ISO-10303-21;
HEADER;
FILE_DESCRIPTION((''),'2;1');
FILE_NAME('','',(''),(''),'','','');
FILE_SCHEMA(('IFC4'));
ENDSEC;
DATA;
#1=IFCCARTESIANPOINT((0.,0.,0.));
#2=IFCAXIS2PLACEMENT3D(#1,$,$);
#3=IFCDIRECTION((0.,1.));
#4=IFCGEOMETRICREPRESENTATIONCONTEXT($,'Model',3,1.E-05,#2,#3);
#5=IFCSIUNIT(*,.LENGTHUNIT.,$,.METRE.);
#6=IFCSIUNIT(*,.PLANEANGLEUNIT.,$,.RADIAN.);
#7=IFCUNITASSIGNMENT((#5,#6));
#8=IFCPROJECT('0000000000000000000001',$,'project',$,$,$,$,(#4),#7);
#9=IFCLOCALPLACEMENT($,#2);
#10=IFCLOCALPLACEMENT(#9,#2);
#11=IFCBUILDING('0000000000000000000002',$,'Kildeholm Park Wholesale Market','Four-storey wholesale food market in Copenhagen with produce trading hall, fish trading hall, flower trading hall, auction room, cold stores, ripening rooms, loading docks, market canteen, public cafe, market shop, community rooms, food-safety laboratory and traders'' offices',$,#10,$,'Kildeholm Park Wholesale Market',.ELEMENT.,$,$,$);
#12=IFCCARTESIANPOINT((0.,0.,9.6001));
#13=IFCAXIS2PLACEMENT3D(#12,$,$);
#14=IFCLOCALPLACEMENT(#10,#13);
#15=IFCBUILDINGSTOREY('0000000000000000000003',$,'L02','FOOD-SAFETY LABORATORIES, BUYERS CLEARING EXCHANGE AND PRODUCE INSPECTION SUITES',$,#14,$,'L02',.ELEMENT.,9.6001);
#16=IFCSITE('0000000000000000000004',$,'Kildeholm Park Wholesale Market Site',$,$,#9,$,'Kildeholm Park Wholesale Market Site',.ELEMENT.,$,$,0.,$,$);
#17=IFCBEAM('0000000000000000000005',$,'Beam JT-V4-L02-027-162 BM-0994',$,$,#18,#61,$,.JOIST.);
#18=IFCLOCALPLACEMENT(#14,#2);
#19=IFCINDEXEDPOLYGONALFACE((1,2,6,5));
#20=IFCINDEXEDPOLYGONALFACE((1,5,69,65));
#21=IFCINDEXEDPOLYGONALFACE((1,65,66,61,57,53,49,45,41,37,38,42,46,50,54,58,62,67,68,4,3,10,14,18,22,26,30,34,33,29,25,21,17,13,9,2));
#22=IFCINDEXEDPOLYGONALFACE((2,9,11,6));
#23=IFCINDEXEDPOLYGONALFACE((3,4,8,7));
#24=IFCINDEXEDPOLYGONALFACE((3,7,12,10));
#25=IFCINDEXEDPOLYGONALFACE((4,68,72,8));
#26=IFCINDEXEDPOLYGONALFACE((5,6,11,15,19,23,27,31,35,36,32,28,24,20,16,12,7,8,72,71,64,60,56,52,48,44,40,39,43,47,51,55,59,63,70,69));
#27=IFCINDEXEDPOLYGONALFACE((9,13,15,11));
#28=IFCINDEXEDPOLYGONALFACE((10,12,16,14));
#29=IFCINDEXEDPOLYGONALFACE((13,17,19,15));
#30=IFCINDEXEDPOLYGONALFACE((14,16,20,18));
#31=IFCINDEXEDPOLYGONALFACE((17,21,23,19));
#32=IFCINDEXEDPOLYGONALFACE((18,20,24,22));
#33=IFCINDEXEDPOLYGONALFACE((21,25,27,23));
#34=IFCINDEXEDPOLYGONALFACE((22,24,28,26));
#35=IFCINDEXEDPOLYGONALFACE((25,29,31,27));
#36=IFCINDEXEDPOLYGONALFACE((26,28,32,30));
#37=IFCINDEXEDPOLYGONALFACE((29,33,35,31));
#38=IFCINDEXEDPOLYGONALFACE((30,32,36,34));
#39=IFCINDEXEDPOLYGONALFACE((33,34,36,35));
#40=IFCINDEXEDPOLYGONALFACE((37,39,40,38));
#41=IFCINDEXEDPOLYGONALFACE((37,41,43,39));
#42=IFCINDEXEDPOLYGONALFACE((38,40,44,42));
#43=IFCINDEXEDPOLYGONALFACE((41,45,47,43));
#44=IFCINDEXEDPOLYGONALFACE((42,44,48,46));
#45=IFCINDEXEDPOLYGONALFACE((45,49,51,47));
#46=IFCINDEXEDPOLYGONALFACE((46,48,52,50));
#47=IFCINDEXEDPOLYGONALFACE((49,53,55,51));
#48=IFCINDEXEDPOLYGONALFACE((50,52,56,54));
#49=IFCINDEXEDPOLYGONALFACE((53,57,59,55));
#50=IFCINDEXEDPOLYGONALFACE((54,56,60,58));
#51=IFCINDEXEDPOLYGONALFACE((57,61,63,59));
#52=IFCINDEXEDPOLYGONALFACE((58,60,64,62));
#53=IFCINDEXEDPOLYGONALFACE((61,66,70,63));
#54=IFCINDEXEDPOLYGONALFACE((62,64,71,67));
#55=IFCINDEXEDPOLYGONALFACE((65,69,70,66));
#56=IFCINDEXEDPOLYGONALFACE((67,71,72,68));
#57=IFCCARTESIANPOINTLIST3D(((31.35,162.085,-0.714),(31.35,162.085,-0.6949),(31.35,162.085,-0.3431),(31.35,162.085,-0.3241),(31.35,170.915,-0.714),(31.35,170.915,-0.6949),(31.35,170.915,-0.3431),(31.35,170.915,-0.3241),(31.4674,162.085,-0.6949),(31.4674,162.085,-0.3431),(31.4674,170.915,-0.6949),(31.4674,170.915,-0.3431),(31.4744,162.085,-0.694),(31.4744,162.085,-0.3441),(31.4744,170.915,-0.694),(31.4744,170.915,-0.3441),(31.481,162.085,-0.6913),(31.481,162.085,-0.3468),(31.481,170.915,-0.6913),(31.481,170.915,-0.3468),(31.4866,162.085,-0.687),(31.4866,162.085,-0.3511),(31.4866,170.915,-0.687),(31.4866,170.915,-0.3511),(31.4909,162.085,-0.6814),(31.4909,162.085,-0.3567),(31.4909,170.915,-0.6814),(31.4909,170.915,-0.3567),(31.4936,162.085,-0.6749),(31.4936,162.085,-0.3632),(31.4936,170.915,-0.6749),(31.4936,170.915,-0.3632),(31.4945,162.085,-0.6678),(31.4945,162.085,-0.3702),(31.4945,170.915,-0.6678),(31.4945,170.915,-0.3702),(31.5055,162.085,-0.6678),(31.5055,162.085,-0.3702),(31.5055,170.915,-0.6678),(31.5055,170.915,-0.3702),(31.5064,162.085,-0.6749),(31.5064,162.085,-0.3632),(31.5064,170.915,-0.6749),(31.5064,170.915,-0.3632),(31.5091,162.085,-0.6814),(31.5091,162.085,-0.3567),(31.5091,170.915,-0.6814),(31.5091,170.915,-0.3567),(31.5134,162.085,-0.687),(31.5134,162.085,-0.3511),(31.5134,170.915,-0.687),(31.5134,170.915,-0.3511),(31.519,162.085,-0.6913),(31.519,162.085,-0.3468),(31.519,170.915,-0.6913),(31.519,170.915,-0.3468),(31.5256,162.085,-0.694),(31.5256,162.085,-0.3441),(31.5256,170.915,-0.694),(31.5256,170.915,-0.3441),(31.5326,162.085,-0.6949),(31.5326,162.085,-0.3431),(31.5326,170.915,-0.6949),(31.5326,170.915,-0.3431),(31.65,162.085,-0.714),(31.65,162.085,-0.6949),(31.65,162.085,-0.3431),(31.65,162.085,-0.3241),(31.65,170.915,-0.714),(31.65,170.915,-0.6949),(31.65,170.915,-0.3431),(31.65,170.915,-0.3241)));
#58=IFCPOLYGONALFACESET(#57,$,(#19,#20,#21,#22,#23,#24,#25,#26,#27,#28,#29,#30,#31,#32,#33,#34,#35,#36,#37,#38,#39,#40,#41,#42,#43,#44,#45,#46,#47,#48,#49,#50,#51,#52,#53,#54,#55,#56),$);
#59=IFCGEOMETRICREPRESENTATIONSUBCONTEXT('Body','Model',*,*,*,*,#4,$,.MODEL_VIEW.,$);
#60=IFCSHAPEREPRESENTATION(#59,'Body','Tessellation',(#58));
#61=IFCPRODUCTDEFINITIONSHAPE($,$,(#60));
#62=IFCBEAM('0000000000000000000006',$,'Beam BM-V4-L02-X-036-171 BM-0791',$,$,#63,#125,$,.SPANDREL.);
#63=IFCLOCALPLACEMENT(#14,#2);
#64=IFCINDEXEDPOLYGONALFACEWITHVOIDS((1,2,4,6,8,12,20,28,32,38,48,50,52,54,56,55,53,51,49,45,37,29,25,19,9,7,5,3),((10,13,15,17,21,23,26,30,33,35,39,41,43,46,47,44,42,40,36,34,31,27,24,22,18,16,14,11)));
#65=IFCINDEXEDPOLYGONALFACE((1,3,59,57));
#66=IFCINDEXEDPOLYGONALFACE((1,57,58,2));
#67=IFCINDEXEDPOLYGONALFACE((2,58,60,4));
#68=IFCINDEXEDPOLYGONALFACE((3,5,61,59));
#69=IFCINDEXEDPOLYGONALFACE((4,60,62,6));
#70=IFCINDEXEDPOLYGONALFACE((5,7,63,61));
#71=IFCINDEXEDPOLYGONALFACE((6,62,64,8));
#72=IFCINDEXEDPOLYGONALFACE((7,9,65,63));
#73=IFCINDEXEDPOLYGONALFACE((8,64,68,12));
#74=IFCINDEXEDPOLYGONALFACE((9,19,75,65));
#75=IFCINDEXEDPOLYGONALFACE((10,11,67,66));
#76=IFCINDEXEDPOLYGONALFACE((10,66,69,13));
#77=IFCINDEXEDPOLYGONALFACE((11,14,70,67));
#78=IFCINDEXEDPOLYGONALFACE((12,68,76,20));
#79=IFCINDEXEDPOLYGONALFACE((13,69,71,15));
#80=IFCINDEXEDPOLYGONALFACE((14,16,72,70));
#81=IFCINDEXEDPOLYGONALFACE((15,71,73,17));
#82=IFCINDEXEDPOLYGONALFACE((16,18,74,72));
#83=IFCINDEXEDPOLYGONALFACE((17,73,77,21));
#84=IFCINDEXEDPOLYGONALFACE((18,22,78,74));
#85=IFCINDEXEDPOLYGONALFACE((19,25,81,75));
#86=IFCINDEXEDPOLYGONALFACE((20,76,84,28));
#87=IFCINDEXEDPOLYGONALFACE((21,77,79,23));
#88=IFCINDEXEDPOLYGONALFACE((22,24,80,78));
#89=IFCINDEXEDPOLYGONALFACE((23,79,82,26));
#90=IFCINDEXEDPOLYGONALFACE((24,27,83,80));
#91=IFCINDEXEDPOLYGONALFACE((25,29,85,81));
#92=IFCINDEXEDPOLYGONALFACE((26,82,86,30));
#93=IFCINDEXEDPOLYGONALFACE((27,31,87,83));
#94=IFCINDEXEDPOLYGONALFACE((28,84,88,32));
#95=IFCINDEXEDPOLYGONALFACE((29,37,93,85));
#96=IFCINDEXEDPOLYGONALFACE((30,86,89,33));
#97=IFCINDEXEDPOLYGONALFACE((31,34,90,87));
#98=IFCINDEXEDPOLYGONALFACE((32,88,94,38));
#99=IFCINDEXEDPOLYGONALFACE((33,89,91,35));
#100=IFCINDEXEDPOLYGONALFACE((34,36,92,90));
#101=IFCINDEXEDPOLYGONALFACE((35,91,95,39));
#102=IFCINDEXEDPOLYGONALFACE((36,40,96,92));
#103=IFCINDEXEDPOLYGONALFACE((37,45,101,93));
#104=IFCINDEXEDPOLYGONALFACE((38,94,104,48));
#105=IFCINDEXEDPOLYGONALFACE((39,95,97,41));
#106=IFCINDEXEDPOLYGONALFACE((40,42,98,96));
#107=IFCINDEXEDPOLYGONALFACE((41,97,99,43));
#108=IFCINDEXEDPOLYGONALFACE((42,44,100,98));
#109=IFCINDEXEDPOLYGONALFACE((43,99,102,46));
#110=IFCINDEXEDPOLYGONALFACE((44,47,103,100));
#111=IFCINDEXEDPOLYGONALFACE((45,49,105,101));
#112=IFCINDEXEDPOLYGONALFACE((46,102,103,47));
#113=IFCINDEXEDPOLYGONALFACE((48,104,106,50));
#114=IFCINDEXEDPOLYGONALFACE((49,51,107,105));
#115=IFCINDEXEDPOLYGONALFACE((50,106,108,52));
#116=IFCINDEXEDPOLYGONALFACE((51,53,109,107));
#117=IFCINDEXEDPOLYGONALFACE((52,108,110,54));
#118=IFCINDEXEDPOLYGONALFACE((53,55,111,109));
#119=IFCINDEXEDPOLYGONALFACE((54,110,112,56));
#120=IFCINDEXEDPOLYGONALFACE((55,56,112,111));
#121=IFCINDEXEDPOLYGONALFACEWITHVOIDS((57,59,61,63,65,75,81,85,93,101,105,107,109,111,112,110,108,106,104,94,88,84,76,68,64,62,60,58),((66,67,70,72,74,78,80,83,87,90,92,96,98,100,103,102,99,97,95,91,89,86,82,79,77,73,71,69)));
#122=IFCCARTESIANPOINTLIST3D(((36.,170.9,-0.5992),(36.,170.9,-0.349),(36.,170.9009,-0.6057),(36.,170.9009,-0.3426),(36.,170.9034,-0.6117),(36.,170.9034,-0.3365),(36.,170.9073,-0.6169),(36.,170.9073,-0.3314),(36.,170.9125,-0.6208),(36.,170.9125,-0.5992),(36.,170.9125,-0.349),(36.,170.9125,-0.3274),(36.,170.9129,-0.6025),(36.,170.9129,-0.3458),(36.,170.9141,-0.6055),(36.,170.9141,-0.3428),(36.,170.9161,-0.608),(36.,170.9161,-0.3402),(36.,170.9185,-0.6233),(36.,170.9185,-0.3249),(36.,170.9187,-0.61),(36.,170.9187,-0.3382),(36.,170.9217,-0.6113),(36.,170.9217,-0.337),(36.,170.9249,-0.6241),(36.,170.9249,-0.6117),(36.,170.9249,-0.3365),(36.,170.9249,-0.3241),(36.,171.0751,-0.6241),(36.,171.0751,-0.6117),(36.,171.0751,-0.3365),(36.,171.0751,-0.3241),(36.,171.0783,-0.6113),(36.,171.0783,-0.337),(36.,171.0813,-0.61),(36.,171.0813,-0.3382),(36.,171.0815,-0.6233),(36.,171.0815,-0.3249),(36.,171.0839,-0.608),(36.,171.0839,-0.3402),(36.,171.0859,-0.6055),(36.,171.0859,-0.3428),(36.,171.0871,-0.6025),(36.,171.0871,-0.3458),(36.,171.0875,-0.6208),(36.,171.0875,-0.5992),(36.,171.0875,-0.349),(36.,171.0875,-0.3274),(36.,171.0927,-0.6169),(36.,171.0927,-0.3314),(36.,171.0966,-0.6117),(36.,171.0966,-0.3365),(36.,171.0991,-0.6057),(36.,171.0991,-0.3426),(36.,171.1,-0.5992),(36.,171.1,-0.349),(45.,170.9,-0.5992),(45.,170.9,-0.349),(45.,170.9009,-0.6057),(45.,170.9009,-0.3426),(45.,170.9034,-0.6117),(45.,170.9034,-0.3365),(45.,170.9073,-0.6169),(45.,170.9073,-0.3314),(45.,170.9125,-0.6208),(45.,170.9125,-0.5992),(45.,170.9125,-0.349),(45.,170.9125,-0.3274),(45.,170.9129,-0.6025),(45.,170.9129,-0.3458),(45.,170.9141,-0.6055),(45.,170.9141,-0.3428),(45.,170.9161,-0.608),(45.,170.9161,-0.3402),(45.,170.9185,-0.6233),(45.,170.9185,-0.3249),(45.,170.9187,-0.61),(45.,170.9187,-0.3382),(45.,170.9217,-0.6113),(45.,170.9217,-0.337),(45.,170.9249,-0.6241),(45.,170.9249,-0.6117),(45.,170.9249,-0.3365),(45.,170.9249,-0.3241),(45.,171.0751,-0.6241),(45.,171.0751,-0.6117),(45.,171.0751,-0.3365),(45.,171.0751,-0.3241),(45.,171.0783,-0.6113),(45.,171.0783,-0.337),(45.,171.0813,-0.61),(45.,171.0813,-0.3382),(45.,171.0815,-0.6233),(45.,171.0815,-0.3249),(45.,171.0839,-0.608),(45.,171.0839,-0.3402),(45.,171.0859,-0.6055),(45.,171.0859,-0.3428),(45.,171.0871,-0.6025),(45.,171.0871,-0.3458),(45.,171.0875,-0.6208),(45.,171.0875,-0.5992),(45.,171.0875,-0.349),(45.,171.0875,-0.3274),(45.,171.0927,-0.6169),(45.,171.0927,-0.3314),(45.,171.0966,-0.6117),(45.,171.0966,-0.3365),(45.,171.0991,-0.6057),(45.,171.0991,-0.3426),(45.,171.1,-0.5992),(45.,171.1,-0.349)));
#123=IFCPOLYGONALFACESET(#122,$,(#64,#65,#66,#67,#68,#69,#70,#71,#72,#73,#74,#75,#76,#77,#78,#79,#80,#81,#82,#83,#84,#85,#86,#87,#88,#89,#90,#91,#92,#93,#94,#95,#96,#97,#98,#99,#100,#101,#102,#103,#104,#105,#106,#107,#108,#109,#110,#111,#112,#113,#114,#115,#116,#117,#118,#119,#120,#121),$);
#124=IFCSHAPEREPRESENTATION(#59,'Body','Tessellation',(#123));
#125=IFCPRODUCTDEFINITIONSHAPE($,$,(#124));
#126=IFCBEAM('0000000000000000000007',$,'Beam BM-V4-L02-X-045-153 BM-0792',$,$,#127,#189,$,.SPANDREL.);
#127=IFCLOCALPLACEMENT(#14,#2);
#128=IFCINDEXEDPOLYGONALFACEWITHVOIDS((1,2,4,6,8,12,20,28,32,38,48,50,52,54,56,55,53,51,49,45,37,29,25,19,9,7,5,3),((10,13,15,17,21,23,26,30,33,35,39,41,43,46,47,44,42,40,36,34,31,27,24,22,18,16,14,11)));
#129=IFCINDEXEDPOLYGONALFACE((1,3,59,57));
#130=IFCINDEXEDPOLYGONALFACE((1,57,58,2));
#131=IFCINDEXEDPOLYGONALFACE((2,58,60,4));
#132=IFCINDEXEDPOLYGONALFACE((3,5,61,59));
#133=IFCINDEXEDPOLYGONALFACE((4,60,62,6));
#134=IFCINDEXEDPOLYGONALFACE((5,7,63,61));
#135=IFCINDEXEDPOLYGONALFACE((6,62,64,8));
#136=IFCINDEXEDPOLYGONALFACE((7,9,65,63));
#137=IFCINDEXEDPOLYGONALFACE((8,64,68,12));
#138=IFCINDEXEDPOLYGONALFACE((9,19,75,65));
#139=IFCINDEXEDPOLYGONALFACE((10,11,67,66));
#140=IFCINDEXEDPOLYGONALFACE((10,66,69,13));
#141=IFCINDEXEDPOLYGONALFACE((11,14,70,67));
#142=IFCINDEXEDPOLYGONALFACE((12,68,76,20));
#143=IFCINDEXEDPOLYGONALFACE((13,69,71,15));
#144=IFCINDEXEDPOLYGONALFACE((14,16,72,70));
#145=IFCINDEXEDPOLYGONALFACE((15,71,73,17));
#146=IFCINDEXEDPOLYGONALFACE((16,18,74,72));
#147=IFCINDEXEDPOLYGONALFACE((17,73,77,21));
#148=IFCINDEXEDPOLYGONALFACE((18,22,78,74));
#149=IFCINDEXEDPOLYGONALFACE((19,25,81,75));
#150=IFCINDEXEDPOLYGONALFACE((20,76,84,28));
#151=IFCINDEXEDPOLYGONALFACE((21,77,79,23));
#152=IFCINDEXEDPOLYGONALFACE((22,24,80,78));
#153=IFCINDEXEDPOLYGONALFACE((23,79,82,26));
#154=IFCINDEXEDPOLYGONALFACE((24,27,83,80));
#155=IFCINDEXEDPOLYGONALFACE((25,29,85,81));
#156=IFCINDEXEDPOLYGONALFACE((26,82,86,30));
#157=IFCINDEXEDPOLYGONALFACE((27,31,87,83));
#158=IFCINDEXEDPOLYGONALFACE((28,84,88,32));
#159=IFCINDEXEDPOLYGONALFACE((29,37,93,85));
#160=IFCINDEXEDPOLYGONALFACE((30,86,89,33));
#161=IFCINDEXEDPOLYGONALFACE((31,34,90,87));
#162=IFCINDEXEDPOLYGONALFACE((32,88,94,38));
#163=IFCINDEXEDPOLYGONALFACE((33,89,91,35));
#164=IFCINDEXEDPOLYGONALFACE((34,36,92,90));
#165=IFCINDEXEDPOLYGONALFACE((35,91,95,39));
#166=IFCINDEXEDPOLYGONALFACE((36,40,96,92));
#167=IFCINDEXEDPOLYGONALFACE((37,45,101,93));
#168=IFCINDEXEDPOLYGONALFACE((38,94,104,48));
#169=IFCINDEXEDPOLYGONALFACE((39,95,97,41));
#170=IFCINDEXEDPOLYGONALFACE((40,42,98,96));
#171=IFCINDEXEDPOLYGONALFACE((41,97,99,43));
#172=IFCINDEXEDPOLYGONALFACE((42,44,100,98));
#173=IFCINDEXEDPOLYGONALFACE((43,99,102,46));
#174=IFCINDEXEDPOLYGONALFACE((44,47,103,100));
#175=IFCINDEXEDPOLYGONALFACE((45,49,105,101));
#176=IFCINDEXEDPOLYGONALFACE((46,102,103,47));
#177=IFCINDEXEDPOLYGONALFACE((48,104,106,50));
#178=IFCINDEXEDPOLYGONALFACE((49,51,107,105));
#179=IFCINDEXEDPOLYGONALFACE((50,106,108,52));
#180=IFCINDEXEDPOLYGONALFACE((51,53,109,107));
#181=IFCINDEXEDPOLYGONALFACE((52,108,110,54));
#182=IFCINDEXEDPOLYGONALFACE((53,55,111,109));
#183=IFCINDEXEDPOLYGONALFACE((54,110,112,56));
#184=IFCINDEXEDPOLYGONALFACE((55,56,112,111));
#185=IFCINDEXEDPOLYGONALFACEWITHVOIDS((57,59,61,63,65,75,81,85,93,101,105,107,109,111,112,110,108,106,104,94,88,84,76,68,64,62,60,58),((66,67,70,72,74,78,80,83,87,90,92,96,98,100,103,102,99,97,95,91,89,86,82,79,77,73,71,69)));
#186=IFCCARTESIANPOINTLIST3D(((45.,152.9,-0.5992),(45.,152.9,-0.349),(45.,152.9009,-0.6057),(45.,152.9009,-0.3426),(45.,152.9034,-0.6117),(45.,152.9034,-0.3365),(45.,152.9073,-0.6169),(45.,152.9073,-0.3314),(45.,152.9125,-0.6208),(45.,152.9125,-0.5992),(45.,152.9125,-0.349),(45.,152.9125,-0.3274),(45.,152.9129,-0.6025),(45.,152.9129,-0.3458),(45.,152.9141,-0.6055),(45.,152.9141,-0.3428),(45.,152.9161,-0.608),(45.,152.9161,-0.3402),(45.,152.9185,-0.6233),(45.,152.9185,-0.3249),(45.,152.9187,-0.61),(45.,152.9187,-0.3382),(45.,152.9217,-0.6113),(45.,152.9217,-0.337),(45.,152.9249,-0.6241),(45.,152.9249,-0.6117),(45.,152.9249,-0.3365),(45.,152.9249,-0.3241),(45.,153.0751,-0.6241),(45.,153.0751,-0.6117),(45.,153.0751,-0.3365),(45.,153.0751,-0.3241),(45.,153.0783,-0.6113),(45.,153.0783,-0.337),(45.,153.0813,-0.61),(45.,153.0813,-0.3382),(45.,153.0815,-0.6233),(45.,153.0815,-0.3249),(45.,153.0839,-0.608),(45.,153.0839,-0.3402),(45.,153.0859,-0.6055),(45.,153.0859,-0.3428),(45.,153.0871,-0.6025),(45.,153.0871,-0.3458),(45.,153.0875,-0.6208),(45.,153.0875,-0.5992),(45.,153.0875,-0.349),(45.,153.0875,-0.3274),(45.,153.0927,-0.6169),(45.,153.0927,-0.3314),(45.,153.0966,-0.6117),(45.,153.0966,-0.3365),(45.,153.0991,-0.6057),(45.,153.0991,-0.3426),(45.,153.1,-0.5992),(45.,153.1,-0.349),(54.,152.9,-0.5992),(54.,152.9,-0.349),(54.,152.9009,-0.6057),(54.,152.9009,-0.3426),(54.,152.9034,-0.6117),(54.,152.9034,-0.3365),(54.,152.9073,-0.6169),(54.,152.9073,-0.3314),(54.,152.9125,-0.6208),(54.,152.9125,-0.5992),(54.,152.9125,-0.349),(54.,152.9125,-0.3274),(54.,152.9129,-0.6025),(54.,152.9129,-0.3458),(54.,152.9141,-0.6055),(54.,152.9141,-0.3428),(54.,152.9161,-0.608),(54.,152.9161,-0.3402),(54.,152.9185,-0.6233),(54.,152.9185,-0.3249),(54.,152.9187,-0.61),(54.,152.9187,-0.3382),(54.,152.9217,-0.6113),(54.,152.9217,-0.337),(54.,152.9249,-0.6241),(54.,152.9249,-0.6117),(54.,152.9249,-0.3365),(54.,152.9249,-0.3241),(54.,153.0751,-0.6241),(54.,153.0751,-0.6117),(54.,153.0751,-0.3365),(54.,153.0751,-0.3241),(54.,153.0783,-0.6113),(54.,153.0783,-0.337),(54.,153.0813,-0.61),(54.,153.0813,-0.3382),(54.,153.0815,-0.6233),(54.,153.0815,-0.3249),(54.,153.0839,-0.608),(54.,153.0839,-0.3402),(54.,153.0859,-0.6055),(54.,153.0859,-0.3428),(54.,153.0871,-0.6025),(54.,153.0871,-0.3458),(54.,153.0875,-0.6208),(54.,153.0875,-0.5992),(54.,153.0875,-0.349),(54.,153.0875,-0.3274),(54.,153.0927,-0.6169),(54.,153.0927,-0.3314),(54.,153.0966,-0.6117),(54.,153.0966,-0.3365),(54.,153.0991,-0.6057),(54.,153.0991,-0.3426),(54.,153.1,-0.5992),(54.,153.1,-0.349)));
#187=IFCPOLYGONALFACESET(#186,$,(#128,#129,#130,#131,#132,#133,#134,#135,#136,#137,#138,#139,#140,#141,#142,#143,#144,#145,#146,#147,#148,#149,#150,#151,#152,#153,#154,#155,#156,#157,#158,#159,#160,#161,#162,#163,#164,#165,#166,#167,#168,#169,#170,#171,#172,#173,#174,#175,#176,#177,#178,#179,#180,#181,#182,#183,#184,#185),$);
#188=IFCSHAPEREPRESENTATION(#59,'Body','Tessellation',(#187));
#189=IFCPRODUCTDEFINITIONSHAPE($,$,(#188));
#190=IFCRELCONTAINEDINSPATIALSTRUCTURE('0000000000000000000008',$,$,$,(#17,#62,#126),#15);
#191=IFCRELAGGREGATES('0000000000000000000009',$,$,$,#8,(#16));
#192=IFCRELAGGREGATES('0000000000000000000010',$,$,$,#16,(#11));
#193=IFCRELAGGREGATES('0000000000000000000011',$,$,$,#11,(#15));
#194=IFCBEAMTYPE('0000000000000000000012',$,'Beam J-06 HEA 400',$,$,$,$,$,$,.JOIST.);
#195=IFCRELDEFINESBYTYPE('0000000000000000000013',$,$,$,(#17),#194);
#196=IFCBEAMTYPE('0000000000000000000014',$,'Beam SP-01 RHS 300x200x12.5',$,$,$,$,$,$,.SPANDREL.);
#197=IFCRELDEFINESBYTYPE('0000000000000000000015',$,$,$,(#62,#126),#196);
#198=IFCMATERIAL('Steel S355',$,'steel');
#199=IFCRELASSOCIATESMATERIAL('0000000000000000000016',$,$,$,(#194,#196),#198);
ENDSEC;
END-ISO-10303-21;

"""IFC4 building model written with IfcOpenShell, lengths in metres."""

from ifc_helpers import new_model, si_unit, direction, frame, origin, origin_2d, place, context, subcontext, project, spatial, hollow_rectangle, i_section, extrude, material, material_profile, profile_set, type_object, element, save


model = new_model("IFC4")

# Units and contexts
model_context = context("Model", 3, precision=1e-05, world=origin(), true_north=direction((0.0, 1.0)))
body_context = subcontext(model_context, "Body", "Model", "MODEL_VIEW")
ifc_project = project(units=[si_unit("LENGTHUNIT", "METRE"), si_unit("PLANEANGLEUNIT", "RADIAN")], contexts=[model_context])

# Site, building, storey
site_placement = place(None, origin())
site = spatial("IfcSite", under=ifc_project, at=site_placement, Name="Kildeholm Park Wholesale Market Site", LongName="Kildeholm Park Wholesale Market Site", CompositionType="ELEMENT", RefElevation=0.0)
building_placement = place(site_placement, origin())
building = spatial("IfcBuilding", under=site, at=building_placement, Name="Kildeholm Park Wholesale Market", Description="Four-storey wholesale food market in Copenhagen with produce trading hall, fish trading hall, flower trading hall, auction room, cold stores, ripening rooms, loading docks, market canteen, public cafe, market shop, community rooms, food-safety laboratory and traders' offices", LongName="Kildeholm Park Wholesale Market", CompositionType="ELEMENT")
storey_placement = place(building_placement, frame((0.0, 0.0, 9.6001)))
storey = spatial("IfcBuildingStorey", under=building, at=storey_placement, Name="L02", Description="FOOD-SAFETY LABORATORIES, BUYERS CLEARING EXCHANGE AND PRODUCE INSPECTION SUITES", LongName="L02", CompositionType="ELEMENT", Elevation=9.6001)

# Beams
ifc_material_1 = material(Name="Steel S355", Category="steel")
ifc_material_profile_1 = material_profile(ifc_material_1, i_section(OverallWidth=0.3, OverallDepth=0.3899, WebThickness=0.011, FlangeThickness=0.019, FilletRadius=0.0271, at=origin_2d()), Name="HEA 400")
ifc_profile_set_1 = profile_set([ifc_material_profile_1], Name="Steel S355")
beam_type_1 = type_object("IfcBeamType", Name="Beam J-06 HEA 400", PredefinedType="JOIST", material=ifc_profile_set_1)
for number, where, z_axis, x_axis, name in (
    (1, (31.5, 162.085, -0.519), (0.0, 1.0, 0.0), (-1.0, 0.0, 0.0), "Beam JT-V4-L02-027-162 BM-0994"),
):
    element("IfcBeam", number, at=place(storey_placement, frame(where, z_axis=z_axis, x_axis=x_axis)), inside=storey, type_object=beam_type_1, Name=name, PredefinedType="JOIST", context=body_context, shape_type="SweptSolid", body=[
        extrude(i_section(OverallWidth=0.3, OverallDepth=0.3899, WebThickness=0.011, FlangeThickness=0.019, FilletRadius=0.0271, at=origin_2d()), origin(), (0.0, 0.0, 1.0), 8.8301),
    ])
ifc_material_profile_2 = material_profile(ifc_material_1, hollow_rectangle(XDim=0.2, YDim=0.3, WallThickness=0.0125, InnerFilletRadius=0.0125, OuterFilletRadius=0.0249, at=origin_2d()), Name="RHS 300x200x12.5")
ifc_profile_set_2 = profile_set([ifc_material_profile_2], Name="Steel S355")
beam_type_2 = type_object("IfcBeamType", Name="Beam SP-01 RHS 300x200x12.5", PredefinedType="SPANDREL", material=ifc_profile_set_2)
for number, where, z_axis, x_axis, name in (
    (2, (36.0, 171.0, -0.4741), (1.0, 0.0, 0.0), (0.0, 1.0, 0.0), "Beam BM-V4-L02-X-036-171 BM-0791"),
    (3, (45.0, 153.0, -0.4741), (1.0, 0.0, 0.0), (0.0, 1.0, 0.0), "Beam BM-V4-L02-X-045-153 BM-0792"),
):
    element("IfcBeam", number, at=place(storey_placement, frame(where, z_axis=z_axis, x_axis=x_axis)), inside=storey, type_object=beam_type_2, Name=name, PredefinedType="SPANDREL", context=body_context, shape_type="SweptSolid", body=[
        extrude(hollow_rectangle(XDim=0.2, YDim=0.3, WallThickness=0.0125, InnerFilletRadius=0.0125, OuterFilletRadius=0.0249, at=origin_2d()), origin(), (0.0, 0.0, 1.0), 9.0),
    ])

save(model, "model.ifc")
